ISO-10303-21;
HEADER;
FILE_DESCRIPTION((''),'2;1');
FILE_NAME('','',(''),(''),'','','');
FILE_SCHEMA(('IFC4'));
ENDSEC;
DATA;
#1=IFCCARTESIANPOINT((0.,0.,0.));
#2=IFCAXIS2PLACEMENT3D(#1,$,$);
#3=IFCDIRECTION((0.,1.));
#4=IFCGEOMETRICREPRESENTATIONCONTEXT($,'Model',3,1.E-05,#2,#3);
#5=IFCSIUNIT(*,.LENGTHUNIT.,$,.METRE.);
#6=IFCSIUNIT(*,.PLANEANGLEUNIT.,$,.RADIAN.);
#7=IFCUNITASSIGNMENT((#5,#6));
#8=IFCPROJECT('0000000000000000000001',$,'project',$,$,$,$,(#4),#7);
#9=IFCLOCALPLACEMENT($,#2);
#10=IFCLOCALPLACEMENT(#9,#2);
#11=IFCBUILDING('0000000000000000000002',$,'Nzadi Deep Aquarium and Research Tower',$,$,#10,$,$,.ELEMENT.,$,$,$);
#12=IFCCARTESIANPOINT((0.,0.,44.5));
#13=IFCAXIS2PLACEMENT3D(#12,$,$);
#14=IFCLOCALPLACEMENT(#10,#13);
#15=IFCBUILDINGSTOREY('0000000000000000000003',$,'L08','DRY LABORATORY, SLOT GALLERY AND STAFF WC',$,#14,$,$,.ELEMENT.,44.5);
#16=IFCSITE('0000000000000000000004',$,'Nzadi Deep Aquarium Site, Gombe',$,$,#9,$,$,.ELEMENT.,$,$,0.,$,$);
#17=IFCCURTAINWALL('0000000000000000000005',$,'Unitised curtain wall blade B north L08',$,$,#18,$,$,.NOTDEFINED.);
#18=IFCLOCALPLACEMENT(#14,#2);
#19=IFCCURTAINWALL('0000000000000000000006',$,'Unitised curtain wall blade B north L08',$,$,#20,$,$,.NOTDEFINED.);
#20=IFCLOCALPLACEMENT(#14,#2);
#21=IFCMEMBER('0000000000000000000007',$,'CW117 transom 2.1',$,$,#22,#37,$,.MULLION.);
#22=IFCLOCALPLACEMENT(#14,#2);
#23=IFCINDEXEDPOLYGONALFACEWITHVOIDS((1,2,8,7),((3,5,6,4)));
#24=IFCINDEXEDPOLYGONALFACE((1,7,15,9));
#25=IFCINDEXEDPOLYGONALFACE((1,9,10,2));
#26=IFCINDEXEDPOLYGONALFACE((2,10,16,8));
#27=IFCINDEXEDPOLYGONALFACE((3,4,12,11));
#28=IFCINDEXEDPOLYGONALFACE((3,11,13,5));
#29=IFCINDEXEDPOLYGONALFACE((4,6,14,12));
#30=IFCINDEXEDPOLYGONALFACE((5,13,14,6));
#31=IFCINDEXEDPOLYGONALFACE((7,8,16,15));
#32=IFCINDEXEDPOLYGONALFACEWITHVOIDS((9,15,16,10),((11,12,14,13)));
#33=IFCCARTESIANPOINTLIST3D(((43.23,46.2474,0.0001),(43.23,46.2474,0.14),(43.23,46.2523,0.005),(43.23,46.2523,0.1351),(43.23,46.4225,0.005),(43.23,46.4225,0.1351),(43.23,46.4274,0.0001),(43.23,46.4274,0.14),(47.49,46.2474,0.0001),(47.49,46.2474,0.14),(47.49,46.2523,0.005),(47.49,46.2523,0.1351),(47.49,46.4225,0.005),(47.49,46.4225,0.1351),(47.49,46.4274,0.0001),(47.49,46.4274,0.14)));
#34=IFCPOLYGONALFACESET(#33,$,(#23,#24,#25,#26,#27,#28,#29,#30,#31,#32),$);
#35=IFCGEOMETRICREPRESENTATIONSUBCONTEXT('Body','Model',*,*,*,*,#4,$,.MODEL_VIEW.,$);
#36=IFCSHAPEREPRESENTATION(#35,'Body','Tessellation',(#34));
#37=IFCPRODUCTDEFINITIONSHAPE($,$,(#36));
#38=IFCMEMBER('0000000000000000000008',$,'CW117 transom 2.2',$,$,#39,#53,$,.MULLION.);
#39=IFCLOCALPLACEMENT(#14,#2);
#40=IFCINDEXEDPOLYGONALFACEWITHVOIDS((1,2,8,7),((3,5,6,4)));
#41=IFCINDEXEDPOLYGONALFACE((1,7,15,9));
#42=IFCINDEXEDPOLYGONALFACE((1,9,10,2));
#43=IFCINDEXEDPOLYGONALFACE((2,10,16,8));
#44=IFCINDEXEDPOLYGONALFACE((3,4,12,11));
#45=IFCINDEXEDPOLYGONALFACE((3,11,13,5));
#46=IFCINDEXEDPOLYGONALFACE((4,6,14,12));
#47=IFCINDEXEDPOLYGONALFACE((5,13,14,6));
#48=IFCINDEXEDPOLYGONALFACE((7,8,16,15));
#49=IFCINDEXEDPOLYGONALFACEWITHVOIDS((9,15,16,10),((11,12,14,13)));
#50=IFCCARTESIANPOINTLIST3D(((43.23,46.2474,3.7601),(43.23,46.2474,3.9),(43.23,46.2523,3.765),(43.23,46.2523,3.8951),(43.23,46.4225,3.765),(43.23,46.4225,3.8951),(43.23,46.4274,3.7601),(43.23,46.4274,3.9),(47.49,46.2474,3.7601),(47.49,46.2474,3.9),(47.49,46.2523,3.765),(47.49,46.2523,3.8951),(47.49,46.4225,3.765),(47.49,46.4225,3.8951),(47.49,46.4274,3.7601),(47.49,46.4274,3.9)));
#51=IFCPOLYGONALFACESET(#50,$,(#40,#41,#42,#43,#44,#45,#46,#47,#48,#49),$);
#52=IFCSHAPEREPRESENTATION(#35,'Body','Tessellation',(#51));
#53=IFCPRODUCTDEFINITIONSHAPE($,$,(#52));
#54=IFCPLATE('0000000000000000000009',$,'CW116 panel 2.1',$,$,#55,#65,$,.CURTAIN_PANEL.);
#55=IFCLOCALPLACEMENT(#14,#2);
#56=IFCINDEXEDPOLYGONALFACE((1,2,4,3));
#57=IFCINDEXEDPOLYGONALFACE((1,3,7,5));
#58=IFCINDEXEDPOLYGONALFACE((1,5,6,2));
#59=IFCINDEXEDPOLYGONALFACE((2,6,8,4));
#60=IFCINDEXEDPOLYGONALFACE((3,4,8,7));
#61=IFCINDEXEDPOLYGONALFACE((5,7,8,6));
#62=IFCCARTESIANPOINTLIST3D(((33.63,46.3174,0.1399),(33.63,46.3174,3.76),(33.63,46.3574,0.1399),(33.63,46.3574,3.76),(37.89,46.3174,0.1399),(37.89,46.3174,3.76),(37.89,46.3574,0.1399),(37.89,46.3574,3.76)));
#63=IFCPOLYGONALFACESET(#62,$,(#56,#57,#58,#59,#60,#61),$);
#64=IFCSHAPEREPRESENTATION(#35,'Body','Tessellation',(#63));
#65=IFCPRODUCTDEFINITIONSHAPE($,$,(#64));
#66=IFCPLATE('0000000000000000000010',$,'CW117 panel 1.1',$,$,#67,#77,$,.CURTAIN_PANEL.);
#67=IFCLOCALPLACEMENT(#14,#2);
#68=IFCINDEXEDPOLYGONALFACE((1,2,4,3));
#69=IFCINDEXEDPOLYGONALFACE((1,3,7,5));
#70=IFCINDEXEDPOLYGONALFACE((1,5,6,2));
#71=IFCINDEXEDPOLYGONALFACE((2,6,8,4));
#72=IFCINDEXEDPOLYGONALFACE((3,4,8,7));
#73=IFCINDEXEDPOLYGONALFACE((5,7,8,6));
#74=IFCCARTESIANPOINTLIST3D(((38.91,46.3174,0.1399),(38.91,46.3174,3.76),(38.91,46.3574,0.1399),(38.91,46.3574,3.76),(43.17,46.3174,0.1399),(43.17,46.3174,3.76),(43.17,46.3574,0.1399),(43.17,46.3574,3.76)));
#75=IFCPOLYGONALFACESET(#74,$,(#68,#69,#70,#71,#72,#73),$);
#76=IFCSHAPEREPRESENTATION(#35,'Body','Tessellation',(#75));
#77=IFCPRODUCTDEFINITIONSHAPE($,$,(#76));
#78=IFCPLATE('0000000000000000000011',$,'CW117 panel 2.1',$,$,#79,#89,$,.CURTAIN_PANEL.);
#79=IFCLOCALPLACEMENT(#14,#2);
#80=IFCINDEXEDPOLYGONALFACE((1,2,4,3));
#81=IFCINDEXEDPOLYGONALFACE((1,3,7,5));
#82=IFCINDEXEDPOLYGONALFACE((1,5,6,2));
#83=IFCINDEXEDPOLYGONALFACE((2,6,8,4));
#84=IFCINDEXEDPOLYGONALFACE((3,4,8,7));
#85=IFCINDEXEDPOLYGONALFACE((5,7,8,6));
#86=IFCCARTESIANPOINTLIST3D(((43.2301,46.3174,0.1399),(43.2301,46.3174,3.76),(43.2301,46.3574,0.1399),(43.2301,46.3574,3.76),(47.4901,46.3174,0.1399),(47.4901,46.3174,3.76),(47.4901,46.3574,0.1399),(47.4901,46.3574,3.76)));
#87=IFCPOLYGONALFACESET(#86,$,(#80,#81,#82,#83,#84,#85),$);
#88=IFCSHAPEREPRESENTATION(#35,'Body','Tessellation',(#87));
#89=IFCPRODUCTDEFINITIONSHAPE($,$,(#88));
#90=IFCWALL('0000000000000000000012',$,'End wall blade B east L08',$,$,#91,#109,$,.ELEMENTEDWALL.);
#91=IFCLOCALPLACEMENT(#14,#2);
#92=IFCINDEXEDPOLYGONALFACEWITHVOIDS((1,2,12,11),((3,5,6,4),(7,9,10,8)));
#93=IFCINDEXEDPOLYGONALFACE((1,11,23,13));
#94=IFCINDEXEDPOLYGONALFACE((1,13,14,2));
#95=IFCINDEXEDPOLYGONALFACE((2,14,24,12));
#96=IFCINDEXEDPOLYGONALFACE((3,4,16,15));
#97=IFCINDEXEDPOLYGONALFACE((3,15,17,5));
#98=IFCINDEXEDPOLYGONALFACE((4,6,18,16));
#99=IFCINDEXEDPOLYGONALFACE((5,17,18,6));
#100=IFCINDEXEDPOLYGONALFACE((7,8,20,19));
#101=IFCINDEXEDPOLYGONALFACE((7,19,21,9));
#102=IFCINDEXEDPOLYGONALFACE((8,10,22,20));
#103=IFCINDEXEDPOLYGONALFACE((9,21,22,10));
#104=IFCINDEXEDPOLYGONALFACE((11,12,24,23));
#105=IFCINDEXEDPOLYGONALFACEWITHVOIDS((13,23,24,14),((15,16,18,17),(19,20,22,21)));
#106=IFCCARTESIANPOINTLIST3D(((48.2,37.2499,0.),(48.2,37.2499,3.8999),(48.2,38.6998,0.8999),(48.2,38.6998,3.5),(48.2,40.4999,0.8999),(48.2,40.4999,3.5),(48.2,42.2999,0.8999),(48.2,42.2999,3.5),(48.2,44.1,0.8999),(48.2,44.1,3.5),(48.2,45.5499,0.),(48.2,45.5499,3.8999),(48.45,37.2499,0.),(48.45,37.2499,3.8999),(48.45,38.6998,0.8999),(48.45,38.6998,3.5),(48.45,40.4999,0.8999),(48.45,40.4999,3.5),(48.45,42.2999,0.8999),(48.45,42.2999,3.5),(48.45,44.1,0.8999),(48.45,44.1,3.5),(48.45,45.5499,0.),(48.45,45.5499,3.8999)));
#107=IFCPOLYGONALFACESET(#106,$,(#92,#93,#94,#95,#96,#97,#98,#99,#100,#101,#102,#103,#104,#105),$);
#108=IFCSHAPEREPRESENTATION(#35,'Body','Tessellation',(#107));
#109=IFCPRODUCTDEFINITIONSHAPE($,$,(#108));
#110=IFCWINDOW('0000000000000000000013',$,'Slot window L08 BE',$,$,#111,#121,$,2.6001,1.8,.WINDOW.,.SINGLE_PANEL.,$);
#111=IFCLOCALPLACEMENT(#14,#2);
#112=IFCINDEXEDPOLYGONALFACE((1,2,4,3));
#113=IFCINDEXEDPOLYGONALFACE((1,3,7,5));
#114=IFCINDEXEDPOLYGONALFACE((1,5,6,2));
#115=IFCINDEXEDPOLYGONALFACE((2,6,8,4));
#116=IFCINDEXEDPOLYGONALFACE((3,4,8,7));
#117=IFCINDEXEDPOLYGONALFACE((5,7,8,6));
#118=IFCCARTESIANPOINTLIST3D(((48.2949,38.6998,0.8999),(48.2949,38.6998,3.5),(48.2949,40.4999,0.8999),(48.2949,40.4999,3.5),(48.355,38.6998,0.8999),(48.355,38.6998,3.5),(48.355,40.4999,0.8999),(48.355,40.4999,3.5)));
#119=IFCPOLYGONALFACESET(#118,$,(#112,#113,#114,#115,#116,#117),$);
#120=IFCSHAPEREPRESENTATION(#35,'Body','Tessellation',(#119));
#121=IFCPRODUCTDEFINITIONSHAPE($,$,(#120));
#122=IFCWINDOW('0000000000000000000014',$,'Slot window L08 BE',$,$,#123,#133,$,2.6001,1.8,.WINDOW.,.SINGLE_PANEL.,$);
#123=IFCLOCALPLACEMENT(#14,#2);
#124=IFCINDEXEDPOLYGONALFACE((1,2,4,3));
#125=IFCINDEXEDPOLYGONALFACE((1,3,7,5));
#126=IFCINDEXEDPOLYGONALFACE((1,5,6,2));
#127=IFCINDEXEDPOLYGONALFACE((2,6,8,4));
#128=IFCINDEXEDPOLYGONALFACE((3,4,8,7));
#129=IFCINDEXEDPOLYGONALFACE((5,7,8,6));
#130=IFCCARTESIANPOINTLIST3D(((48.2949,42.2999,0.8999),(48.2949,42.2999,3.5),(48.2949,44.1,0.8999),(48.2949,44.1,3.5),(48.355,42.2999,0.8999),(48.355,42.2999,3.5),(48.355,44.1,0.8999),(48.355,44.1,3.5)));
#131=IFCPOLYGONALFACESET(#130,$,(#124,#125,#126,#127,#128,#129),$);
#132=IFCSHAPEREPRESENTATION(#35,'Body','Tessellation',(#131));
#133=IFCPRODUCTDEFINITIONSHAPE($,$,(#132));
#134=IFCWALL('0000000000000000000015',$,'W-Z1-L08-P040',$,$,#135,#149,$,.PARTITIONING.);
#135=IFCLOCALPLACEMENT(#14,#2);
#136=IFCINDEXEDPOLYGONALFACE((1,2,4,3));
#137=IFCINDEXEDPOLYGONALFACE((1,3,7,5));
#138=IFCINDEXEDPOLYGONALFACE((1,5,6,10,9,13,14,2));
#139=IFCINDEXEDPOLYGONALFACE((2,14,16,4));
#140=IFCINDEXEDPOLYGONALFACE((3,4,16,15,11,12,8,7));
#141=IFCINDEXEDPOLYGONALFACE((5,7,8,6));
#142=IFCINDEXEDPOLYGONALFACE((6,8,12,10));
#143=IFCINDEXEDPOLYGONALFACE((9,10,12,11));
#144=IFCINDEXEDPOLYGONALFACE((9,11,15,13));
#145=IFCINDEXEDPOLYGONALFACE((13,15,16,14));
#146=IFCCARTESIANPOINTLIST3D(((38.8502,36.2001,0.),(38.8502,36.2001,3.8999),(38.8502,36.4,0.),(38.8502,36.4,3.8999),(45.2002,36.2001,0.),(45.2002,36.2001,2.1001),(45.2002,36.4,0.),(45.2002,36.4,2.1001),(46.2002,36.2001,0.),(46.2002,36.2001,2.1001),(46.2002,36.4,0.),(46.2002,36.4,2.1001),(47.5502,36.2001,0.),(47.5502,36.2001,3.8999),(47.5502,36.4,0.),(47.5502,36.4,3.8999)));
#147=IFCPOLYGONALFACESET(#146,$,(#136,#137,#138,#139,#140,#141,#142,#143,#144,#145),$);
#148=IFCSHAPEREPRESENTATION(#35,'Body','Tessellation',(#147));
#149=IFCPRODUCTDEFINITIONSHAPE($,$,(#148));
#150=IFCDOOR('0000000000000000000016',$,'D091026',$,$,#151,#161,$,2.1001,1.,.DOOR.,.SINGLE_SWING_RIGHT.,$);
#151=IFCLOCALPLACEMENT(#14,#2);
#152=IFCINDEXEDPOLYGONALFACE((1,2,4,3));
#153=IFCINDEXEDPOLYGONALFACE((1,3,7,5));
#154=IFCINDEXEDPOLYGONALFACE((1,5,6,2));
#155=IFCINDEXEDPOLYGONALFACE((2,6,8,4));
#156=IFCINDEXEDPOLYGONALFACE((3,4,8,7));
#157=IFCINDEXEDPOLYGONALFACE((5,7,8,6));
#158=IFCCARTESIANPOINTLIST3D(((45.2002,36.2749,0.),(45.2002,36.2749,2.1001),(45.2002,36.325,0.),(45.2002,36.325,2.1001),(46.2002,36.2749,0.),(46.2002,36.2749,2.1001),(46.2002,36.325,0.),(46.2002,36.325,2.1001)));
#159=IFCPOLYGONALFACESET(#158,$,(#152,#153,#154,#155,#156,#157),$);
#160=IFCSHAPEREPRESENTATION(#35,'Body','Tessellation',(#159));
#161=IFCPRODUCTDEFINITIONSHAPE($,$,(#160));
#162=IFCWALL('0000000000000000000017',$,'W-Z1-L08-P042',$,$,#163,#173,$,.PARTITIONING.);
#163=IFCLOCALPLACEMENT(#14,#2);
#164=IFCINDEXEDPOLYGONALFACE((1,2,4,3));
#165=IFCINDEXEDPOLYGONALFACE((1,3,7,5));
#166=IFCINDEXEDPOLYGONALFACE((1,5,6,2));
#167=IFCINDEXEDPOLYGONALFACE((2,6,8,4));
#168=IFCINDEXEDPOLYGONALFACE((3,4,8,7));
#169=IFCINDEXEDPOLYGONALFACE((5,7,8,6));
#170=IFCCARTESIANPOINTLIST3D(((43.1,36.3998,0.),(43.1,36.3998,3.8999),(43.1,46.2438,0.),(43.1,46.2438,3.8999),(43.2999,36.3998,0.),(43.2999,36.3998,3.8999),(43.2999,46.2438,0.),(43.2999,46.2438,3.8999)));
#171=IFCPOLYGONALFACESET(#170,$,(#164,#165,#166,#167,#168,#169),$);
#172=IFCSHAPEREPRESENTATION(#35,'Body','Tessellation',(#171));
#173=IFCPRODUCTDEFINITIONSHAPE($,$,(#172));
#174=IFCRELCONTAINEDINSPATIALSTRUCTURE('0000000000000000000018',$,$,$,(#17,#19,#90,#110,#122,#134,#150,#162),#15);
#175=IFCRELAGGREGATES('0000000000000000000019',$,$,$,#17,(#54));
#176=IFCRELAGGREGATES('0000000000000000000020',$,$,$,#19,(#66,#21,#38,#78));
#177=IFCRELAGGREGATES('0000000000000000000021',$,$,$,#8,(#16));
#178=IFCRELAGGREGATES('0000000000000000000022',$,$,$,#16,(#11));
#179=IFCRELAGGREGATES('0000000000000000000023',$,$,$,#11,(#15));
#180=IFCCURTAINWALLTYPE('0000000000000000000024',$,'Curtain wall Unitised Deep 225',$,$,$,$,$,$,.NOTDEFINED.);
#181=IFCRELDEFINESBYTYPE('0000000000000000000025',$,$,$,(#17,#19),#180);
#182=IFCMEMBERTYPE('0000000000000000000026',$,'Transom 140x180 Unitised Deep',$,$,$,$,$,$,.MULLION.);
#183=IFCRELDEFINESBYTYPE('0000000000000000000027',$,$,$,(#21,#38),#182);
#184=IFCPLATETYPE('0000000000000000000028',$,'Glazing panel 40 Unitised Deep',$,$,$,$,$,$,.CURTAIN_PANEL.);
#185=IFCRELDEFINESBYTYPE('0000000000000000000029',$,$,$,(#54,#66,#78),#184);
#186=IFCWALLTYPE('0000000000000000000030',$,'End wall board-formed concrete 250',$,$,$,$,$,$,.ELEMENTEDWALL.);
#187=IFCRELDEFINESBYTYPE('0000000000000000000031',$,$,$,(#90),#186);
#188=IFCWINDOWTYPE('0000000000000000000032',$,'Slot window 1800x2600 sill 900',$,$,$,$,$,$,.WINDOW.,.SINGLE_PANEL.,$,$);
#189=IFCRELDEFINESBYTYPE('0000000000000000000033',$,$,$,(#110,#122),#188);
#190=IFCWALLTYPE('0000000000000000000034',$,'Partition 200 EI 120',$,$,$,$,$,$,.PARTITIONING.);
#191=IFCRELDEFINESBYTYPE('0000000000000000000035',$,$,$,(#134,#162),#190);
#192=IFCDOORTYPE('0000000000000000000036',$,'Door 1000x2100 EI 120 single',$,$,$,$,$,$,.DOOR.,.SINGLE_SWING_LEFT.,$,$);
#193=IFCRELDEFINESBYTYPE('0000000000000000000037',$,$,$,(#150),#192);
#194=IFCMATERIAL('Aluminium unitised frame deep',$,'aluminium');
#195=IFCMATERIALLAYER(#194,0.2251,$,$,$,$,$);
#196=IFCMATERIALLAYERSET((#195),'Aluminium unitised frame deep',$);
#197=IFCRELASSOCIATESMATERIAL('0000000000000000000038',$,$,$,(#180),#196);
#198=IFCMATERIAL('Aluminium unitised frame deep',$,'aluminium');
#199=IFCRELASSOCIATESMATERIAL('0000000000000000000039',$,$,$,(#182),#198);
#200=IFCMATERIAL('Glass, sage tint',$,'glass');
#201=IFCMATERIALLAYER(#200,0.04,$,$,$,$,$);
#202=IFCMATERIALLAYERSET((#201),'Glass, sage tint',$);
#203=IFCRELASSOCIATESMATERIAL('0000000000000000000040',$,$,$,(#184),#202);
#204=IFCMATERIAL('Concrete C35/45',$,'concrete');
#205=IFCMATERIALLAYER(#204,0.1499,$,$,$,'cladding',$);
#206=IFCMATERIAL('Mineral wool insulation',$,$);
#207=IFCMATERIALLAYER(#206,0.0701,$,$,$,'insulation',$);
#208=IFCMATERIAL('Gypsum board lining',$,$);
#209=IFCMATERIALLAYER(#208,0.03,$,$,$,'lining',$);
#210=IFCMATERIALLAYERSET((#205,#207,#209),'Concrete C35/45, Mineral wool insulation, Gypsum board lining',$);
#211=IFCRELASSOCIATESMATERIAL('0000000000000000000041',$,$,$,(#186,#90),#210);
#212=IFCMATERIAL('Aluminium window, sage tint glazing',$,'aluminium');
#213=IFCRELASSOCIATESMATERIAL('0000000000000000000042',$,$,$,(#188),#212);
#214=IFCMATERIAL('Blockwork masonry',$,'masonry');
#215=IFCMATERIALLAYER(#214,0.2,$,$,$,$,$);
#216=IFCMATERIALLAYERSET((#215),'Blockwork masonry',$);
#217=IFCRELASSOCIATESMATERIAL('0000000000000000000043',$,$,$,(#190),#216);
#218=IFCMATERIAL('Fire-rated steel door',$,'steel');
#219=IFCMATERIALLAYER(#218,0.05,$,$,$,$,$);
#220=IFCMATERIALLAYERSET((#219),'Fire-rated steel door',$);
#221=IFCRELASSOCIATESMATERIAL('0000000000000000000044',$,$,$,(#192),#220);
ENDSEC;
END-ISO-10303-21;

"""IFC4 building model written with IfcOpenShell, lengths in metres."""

from ifc_helpers import new_model, si_unit, direction, frame, frame_2d, origin, origin_2d, place, context, subcontext, project, spatial, rectangle, hollow_rectangle, extrude, material, layer, layer_set, layer_usage, material_profile, profile_set, type_object, element, fill, aggregate, save


model = new_model("IFC4")

# Units and contexts
model_context = context("Model", 3, precision=1e-05, world=origin(), true_north=direction((0.0, 1.0)))
body_context = subcontext(model_context, "Body", "Model", "MODEL_VIEW")
ifc_project = project(units=[si_unit("LENGTHUNIT", "METRE"), si_unit("PLANEANGLEUNIT", "RADIAN")], contexts=[model_context])

# Site, building, storey
site_placement = place(None, origin())
site = spatial("IfcSite", under=ifc_project, at=site_placement, Name="Nzadi Deep Aquarium Site, Gombe", CompositionType="ELEMENT", RefElevation=0.0)
building_placement = place(site_placement, origin())
building = spatial("IfcBuilding", under=site, at=building_placement, Name="Nzadi Deep Aquarium and Research Tower", CompositionType="ELEMENT")
storey_placement = place(building_placement, frame((0.0, 0.0, 44.5)))
storey = spatial("IfcBuildingStorey", under=building, at=storey_placement, Name="L08", Description="DRY LABORATORY, SLOT GALLERY AND STAFF WC", CompositionType="ELEMENT", Elevation=44.5)

# Curtain wall
ifc_material_1 = material(Name="Aluminium unitised frame deep", Category="aluminium")
ifc_layer_1 = layer(ifc_material_1, 0.2251)
ifc_layer_set_1 = layer_set([ifc_layer_1], Name="Aluminium unitised frame deep")
curtain_wall_type = type_object("IfcCurtainWallType", Name="Curtain wall Unitised Deep 225", PredefinedType="NOTDEFINED", material=ifc_layer_set_1)
curtain_wall_1_placement = place(storey_placement, origin())
curtain_wall_1 = element("IfcCurtainWall", 1, at=curtain_wall_1_placement, inside=storey, type_object=curtain_wall_type, Name="Unitised curtain wall blade B north L08", PredefinedType="NOTDEFINED")

# Curtain wall
curtain_wall_2_placement = place(storey_placement, origin())
curtain_wall_2 = element("IfcCurtainWall", 2, at=curtain_wall_2_placement, inside=storey, type_object=curtain_wall_type, Name="Unitised curtain wall blade B north L08", PredefinedType="NOTDEFINED")

# Members
ifc_material_2 = material(Name="Aluminium unitised frame deep", Category="aluminium")
ifc_material_profile_1 = material_profile(ifc_material_2, hollow_rectangle(XDim=0.1799, YDim=0.1399, WallThickness=0.0049, at=origin_2d()))
ifc_profile_set_1 = profile_set([ifc_material_profile_1], Name="Aluminium unitised frame deep")
member_type_1 = type_object("IfcMemberType", Name="Transom 140x180 Unitised Deep", PredefinedType="MULLION", material=ifc_profile_set_1)
member_1_placement = place(storey_placement, frame((43.23, 46.3374, 0.0701), z_axis=(1.0, 0.0, 0.0), x_axis=(0.0, 1.0, 0.0)))
member_1 = element("IfcMember", 3, at=member_1_placement, type_object=member_type_1, Name="CW117 transom 2.1", PredefinedType="MULLION", context=body_context, shape_type="SweptSolid", body=[
    extrude(hollow_rectangle(XDim=0.1799, YDim=0.1399, WallThickness=0.0049, at=origin_2d()), origin(), (0.0, 0.0, 1.0), 4.26),
])
member_2_placement = place(storey_placement, frame((43.23, 46.3374, 3.8301), z_axis=(1.0, 0.0, 0.0), x_axis=(0.0, 1.0, 0.0)))
member_2 = element("IfcMember", 4, at=member_2_placement, type_object=member_type_1, Name="CW117 transom 2.2", PredefinedType="MULLION", context=body_context, shape_type="SweptSolid", body=[
    extrude(hollow_rectangle(XDim=0.1799, YDim=0.1399, WallThickness=0.0049, at=origin_2d()), origin(), (0.0, 0.0, 1.0), 4.26),
])

# Plates
ifc_material_3 = material(Name="Glass, sage tint", Category="glass")
ifc_layer_2 = layer(ifc_material_3, 0.04)
ifc_layer_set_2 = layer_set([ifc_layer_2], Name="Glass, sage tint")
plate_type = type_object("IfcPlateType", Name="Glazing panel 40 Unitised Deep", PredefinedType="CURTAIN_PANEL", material=ifc_layer_set_2)
plate_1_placement = place(storey_placement, frame((35.76, 46.3374, 0.1399), z_axis=(0.0, 0.0, 1.0), x_axis=(1.0, 0.0, 0.0)))
plate_1 = element("IfcPlate", 5, at=plate_1_placement, type_object=plate_type, Name="CW116 panel 2.1", PredefinedType="CURTAIN_PANEL", context=body_context, shape_type="SweptSolid", body=[
    extrude(rectangle(XDim=4.26, YDim=0.04, at=origin_2d()), origin(), (0.0, 0.0, 1.0), 3.6201),
])
aggregate(curtain_wall_1, [plate_1])
plate_2_placement = place(storey_placement, frame((41.04, 46.3374, 0.1399), z_axis=(0.0, 0.0, 1.0), x_axis=(1.0, 0.0, 0.0)))
plate_2 = element("IfcPlate", 6, at=plate_2_placement, type_object=plate_type, Name="CW117 panel 1.1", PredefinedType="CURTAIN_PANEL", context=body_context, shape_type="SweptSolid", body=[
    extrude(rectangle(XDim=4.26, YDim=0.04, at=origin_2d()), origin(), (0.0, 0.0, 1.0), 3.6201),
])
plate_3_placement = place(storey_placement, frame((45.3601, 46.3374, 0.1399), z_axis=(0.0, 0.0, 1.0), x_axis=(1.0, 0.0, 0.0)))
plate_3 = element("IfcPlate", 7, at=plate_3_placement, type_object=plate_type, Name="CW117 panel 2.1", PredefinedType="CURTAIN_PANEL", context=body_context, shape_type="SweptSolid", body=[
    extrude(rectangle(XDim=4.26, YDim=0.04, at=origin_2d()), origin(), (0.0, 0.0, 1.0), 3.6201),
])
aggregate(curtain_wall_2, [plate_2, member_1, member_2, plate_3])

# Wall, openings, windows
ifc_material_4 = material(Name="Concrete C35/45", Category="concrete")
ifc_layer_3 = layer(ifc_material_4, 0.1499, Category="cladding")
ifc_material_5 = material(Name="Mineral wool insulation")
ifc_layer_4 = layer(ifc_material_5, 0.0701, Category="insulation")
ifc_material_6 = material(Name="Gypsum board lining")
ifc_layer_5 = layer(ifc_material_6, 0.03, Category="lining")
ifc_layer_set_3 = layer_set([ifc_layer_3, ifc_layer_4, ifc_layer_5], Name="Concrete C35/45, Mineral wool insulation, Gypsum board lining")
ifc_layer_usage = layer_usage(ifc_layer_set_3, "AXIS2", "POSITIVE", -0.125)
wall_type_1 = type_object("IfcWallType", Name="End wall board-formed concrete 250", PredefinedType="ELEMENTEDWALL", material=ifc_layer_set_3)
wall_1_placement = place(storey_placement, frame((48.325, 37.25, 0.0), z_axis=(0.0, 0.0, 1.0), x_axis=(0.0, 1.0, 0.0)))
wall_1 = element("IfcWall", 8, at=wall_1_placement, inside=storey, type_object=wall_type_1, material=ifc_layer_usage, Name="End wall blade B east L08", PredefinedType="ELEMENTEDWALL", context=body_context, shape_type="SweptSolid", body=[
    extrude(rectangle(XDim=8.3, YDim=0.25, at=frame_2d((4.1499, 0.0))), origin(), (0.0, 0.0, 1.0), 3.8999),
])
opening_1_placement = place(wall_1_placement, frame((1.45, 0.0, 0.8999)))
opening_1 = element("IfcOpeningElement", 9, at=opening_1_placement, cuts=wall_1, PredefinedType="OPENING", context=body_context, shape_type="SweptSolid", body=[
    extrude(rectangle(XDim=1.8, YDim=2.6001, at=frame_2d((0.8999, 1.3))), frame((0.0, 0.135, 0.0), z_axis=(0.0, -1.0, 0.0), x_axis=(1.0, 0.0, 0.0)), (0.0, 0.0, 1.0), 0.27),
])
opening_2_placement = place(wall_1_placement, frame((5.05, 0.0, 0.8999)))
opening_2 = element("IfcOpeningElement", 10, at=opening_2_placement, cuts=wall_1, PredefinedType="OPENING", context=body_context, shape_type="SweptSolid", body=[
    extrude(rectangle(XDim=1.8, YDim=2.6001, at=frame_2d((0.8999, 1.3))), frame((0.0, 0.135, 0.0), z_axis=(0.0, -1.0, 0.0), x_axis=(1.0, 0.0, 0.0)), (0.0, 0.0, 1.0), 0.27),
])
ifc_material_7 = material(Name="Aluminium window, sage tint glazing", Category="aluminium")
window_type = type_object("IfcWindowType", Name="Slot window 1800x2600 sill 900", PartitioningType="SINGLE_PANEL", PredefinedType="WINDOW", material=ifc_material_7)
window_1_placement = place(opening_1_placement, origin())
window_1 = element("IfcWindow", 11, at=window_1_placement, inside=storey, type_object=window_type, Name="Slot window L08 BE", OverallHeight=2.6001, OverallWidth=1.8, PartitioningType="SINGLE_PANEL", PredefinedType="WINDOW", context=body_context, shape_type="SweptSolid", body=[
    extrude(rectangle(XDim=1.8, YDim=2.6001, at=frame_2d((0.8999, 1.3))), frame((0.0, 0.03, 0.0), z_axis=(0.0, -1.0, 0.0), x_axis=(1.0, 0.0, 0.0)), (0.0, 0.0, 1.0), 0.0601),
])
fill(opening_1, window_1)
window_2_placement = place(opening_2_placement, origin())
window_2 = element("IfcWindow", 12, at=window_2_placement, inside=storey, type_object=window_type, Name="Slot window L08 BE", OverallHeight=2.6001, OverallWidth=1.8, PartitioningType="SINGLE_PANEL", PredefinedType="WINDOW", context=body_context, shape_type="SweptSolid", body=[
    extrude(rectangle(XDim=1.8, YDim=2.6001, at=frame_2d((0.8999, 1.3))), frame((0.0, 0.03, 0.0), z_axis=(0.0, -1.0, 0.0), x_axis=(1.0, 0.0, 0.0)), (0.0, 0.0, 1.0), 0.0601),
])
fill(opening_2, window_2)

# Wall, opening, door
ifc_material_8 = material(Name="Blockwork masonry", Category="masonry")
ifc_layer_6 = layer(ifc_material_8, 0.2)
ifc_layer_set_4 = layer_set([ifc_layer_6], Name="Blockwork masonry")
wall_type_2 = type_object("IfcWallType", Name="Partition 200 EI 120", PredefinedType="PARTITIONING", material=ifc_layer_set_4)
wall_2_placement = place(storey_placement, frame((38.8501, 36.3, 0.0), z_axis=(0.0, 0.0, 1.0), x_axis=(1.0, 0.0, 0.0)))
wall_2 = element("IfcWall", 13, at=wall_2_placement, inside=storey, type_object=wall_type_2, Name="W-Z1-L08-P040", PredefinedType="PARTITIONING", context=body_context, shape_type="SweptSolid", body=[
    extrude(rectangle(XDim=8.7, YDim=0.2, at=frame_2d((4.3501, 0.0))), origin(), (0.0, 0.0, 1.0), 3.8999),
])
opening_3_placement = place(wall_2_placement, frame((6.3501, 0.0, 0.0)))
opening_3 = element("IfcOpeningElement", 14, at=opening_3_placement, cuts=wall_2, PredefinedType="OPENING", context=body_context, shape_type="SweptSolid", body=[
    extrude(rectangle(XDim=1.0, YDim=2.1001, at=frame_2d((0.5, 1.05))), frame((0.0, 0.1101, 0.0), z_axis=(0.0, -1.0, 0.0), x_axis=(1.0, 0.0, 0.0)), (0.0, 0.0, 1.0), 0.2202),
])
ifc_material_9 = material(Name="Fire-rated steel door", Category="steel")
ifc_layer_7 = layer(ifc_material_9, 0.05)
ifc_layer_set_5 = layer_set([ifc_layer_7], Name="Fire-rated steel door")
door_type = type_object("IfcDoorType", Name="Door 1000x2100 EI 120 single", OperationType="SINGLE_SWING_LEFT", PredefinedType="DOOR", material=ifc_layer_set_5)
door_placement = place(opening_3_placement, origin())
door = element("IfcDoor", 15, at=door_placement, inside=storey, type_object=door_type, Name="D091026", OperationType="SINGLE_SWING_RIGHT", OverallHeight=2.1001, OverallWidth=1.0, PredefinedType="DOOR", context=body_context, shape_type="SweptSolid", body=[
    extrude(rectangle(XDim=1.0, YDim=2.1001, at=frame_2d((0.5, 1.05))), frame((0.0, 0.0249, 0.0), z_axis=(0.0, -1.0, 0.0), x_axis=(1.0, 0.0, 0.0)), (0.0, 0.0, 1.0), 0.05),
])
fill(opening_3, door)

# Wall
wall_3_placement = place(storey_placement, frame((43.2, 36.3999, 0.0), z_axis=(0.0, 0.0, 1.0), x_axis=(0.0, 1.0, 0.0)))
element("IfcWall", 16, at=wall_3_placement, inside=storey, type_object=wall_type_2, Name="W-Z1-L08-P042", PredefinedType="PARTITIONING", context=body_context, shape_type="SweptSolid", body=[
    extrude(rectangle(XDim=9.844, YDim=0.2, at=frame_2d((4.9219, 0.0))), origin(), (0.0, 0.0, 1.0), 3.8999),
])

save(model, "model.ifc")
